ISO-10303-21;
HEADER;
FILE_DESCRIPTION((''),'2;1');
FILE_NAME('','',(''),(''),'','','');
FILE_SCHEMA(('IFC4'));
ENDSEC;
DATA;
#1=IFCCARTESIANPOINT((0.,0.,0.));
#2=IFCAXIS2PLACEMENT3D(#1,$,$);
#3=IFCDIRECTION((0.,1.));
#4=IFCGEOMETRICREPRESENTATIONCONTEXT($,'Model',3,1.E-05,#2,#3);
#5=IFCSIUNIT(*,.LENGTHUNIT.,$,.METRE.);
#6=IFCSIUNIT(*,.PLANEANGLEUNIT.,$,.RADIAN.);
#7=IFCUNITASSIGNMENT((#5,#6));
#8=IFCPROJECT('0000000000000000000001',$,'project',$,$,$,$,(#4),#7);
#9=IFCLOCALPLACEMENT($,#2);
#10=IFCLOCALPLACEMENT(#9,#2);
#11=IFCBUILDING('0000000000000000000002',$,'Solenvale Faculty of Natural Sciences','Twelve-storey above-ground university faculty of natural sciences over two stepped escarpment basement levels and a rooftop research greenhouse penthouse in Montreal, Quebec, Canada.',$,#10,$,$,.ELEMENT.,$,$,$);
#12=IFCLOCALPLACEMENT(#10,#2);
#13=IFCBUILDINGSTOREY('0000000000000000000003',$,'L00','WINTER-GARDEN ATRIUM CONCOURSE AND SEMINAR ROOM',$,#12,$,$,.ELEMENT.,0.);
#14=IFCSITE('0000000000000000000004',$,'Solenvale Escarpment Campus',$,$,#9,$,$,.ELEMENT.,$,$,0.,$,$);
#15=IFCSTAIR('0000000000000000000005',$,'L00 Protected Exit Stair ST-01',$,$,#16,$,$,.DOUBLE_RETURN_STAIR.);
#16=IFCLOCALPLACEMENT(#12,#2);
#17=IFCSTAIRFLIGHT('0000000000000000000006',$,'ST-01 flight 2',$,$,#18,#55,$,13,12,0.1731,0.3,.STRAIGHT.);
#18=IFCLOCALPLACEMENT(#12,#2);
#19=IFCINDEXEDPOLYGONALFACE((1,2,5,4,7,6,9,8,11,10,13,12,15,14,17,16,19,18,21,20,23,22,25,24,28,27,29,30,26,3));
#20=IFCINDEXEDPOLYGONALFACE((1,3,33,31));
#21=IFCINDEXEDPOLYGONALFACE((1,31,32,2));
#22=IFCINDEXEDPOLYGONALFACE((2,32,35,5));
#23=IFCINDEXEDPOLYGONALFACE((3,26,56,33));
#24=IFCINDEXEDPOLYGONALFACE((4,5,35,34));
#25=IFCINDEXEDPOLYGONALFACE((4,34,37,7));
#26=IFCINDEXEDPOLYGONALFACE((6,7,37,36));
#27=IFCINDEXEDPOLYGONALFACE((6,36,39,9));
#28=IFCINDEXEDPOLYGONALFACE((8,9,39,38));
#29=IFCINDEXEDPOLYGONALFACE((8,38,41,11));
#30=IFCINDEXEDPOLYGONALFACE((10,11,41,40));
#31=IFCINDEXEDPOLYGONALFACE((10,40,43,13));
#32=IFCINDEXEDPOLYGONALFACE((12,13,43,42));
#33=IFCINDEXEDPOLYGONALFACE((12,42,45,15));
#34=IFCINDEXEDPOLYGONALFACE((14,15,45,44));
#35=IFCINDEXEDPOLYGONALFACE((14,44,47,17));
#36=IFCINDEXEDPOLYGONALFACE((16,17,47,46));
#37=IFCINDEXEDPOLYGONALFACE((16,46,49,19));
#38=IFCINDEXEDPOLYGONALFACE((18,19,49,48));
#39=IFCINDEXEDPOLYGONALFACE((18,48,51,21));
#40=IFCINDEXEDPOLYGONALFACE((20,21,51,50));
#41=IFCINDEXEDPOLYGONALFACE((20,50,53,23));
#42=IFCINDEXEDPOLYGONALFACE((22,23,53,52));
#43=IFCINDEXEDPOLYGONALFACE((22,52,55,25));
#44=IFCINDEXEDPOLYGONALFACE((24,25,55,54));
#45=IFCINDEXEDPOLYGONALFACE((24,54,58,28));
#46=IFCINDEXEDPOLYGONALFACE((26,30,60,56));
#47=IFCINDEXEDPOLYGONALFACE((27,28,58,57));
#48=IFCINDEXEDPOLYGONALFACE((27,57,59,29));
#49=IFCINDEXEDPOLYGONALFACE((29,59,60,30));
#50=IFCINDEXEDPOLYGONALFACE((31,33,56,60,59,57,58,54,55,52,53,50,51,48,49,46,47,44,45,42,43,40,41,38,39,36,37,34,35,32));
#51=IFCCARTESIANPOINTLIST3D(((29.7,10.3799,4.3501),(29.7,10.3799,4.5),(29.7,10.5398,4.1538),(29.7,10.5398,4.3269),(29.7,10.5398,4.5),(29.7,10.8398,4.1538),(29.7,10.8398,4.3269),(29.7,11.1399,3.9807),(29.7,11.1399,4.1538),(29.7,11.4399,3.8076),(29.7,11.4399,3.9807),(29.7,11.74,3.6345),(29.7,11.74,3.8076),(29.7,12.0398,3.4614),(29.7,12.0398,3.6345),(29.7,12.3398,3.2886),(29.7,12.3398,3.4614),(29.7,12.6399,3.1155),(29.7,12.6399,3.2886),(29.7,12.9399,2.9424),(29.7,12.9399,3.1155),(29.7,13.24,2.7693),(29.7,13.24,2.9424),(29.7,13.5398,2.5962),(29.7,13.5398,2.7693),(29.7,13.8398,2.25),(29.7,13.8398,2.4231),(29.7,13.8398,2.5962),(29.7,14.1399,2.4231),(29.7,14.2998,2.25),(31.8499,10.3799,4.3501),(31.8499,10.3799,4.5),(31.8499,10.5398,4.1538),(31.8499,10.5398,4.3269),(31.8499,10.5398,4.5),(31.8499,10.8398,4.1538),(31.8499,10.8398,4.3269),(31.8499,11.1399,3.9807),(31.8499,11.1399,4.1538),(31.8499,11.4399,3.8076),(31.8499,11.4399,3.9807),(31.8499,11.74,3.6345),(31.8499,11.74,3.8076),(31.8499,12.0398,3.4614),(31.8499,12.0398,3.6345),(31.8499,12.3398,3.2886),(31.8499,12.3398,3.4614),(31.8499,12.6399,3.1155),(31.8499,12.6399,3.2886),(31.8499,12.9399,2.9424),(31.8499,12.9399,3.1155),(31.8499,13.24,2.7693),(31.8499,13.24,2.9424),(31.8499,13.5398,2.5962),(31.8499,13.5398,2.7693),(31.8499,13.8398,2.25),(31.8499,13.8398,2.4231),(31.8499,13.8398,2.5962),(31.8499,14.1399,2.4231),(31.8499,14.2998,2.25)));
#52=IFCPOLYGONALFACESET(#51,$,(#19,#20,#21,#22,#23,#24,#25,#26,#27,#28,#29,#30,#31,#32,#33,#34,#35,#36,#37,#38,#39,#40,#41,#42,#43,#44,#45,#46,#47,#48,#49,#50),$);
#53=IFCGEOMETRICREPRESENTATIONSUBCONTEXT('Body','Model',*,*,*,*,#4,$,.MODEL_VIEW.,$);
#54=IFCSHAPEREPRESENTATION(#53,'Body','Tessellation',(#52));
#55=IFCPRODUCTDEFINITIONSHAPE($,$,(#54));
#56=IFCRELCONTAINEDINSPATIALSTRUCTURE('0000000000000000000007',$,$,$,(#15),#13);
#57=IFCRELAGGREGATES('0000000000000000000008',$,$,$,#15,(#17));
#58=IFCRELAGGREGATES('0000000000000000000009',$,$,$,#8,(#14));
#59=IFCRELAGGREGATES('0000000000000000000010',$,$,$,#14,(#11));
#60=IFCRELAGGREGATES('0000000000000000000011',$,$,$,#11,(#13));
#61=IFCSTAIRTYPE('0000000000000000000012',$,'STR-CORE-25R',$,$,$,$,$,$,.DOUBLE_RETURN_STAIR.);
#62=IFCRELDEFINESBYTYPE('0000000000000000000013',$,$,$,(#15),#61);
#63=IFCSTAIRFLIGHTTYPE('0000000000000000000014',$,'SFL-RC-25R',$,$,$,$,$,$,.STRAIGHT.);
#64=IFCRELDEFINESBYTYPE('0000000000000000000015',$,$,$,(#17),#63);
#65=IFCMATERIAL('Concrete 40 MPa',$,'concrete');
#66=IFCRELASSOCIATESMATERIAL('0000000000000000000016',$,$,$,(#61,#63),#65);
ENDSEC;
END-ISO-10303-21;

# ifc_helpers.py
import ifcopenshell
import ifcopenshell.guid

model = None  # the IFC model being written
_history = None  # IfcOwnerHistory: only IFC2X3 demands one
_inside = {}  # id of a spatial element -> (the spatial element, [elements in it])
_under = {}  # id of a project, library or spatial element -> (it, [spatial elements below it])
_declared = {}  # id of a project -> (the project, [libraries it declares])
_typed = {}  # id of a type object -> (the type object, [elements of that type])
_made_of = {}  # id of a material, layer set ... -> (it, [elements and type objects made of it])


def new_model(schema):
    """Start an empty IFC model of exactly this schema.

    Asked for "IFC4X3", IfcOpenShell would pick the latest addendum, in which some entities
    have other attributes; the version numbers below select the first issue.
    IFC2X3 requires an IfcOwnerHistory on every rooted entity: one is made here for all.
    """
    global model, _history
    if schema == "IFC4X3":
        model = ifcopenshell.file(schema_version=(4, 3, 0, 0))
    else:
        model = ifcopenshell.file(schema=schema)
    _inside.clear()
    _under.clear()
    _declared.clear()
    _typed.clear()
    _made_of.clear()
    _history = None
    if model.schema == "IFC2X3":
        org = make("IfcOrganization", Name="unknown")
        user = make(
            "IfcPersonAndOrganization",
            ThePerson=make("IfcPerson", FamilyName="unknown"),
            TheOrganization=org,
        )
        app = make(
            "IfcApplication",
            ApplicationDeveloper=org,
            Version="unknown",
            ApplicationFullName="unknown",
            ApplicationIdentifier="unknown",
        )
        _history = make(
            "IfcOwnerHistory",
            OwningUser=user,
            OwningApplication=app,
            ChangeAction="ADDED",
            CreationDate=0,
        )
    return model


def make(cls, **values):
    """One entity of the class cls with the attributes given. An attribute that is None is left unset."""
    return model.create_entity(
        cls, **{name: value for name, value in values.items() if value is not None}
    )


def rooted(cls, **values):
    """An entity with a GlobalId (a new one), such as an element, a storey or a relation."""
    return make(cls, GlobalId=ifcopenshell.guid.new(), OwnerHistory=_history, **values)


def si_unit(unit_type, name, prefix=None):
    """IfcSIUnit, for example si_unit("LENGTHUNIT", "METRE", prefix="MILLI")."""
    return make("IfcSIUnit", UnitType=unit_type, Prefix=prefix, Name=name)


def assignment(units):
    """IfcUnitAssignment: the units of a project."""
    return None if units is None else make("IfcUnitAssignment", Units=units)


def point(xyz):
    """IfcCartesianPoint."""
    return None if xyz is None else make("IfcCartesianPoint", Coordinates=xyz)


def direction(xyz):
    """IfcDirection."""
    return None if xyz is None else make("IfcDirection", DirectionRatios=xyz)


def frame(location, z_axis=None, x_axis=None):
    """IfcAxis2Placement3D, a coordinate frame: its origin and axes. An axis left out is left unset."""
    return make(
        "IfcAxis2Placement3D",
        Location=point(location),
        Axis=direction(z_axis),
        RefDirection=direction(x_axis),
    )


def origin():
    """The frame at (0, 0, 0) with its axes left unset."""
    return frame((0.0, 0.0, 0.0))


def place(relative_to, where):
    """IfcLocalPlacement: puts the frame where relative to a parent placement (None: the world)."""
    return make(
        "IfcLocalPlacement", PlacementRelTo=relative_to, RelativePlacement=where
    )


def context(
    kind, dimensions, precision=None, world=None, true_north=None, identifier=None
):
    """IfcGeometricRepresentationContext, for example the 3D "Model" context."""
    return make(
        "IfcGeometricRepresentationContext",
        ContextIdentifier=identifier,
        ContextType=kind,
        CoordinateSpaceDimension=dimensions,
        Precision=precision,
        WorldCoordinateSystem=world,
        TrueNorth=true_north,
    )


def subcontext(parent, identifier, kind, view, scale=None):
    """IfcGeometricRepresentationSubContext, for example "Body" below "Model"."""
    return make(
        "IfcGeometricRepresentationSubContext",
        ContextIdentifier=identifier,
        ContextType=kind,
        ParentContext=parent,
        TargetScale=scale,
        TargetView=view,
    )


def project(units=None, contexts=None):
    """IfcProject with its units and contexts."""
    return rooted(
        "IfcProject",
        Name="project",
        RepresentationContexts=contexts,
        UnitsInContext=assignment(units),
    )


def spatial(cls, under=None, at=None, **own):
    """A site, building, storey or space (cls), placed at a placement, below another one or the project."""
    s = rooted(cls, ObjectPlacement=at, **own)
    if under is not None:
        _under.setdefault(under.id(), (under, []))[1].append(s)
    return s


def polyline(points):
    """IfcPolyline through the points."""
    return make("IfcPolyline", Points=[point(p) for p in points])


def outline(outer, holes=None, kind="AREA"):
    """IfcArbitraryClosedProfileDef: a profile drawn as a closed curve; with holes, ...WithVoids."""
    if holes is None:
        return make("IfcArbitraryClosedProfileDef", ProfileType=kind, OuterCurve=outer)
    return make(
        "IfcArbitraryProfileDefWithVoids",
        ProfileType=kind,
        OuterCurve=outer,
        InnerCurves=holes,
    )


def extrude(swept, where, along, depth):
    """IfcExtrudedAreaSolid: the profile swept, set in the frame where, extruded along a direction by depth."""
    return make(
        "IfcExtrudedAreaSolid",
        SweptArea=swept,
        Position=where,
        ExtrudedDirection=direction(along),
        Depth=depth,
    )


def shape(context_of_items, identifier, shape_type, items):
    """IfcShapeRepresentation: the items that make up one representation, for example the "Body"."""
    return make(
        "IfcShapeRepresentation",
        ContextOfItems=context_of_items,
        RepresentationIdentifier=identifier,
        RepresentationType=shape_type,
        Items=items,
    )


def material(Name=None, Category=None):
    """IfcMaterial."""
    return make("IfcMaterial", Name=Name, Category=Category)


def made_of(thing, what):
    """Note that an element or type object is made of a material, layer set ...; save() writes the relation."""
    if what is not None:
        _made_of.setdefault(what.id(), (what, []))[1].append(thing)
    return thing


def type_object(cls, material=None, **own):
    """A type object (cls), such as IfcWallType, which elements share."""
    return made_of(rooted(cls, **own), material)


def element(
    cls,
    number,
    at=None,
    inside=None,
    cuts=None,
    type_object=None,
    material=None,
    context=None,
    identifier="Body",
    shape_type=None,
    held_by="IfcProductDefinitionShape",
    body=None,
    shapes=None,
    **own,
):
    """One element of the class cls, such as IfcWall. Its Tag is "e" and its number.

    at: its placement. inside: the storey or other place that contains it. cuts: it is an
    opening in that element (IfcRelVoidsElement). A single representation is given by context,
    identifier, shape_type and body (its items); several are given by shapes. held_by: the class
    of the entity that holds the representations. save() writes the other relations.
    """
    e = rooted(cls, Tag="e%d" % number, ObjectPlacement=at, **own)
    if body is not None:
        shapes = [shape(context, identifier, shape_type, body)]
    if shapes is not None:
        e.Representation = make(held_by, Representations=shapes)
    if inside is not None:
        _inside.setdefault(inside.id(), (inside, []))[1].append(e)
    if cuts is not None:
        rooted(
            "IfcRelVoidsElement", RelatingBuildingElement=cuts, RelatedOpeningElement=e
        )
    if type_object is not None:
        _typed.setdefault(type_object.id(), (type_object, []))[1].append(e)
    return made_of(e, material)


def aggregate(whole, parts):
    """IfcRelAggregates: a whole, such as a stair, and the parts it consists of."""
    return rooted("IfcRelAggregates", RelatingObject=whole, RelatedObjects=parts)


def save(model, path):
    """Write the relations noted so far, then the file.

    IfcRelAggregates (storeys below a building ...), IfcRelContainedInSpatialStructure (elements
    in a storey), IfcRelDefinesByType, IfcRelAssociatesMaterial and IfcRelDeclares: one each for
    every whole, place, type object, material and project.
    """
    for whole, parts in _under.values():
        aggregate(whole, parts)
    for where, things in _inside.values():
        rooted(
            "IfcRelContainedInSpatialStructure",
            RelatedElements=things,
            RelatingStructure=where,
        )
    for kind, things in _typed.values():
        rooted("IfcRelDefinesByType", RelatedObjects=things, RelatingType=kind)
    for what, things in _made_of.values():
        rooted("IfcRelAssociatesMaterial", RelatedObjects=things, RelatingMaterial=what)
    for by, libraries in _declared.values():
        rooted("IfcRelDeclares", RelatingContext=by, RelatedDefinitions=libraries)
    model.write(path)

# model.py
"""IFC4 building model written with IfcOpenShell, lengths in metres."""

from ifc_helpers import new_model, si_unit, direction, frame, origin, place, context, subcontext, project, spatial, polyline, outline, extrude, material, type_object, element, aggregate, save


model = new_model("IFC4")

# Units and contexts
model_context = context("Model", 3, precision=1e-05, world=origin(), true_north=direction((0.0, 1.0)))
body_context = subcontext(model_context, "Body", "Model", "MODEL_VIEW")
ifc_project = project(units=[si_unit("LENGTHUNIT", "METRE"), si_unit("PLANEANGLEUNIT", "RADIAN")], contexts=[model_context])

# Site, building, storey
site_placement = place(None, origin())
site = spatial("IfcSite", under=ifc_project, at=site_placement, Name="Solenvale Escarpment Campus", CompositionType="ELEMENT", RefElevation=0.0)
building_placement = place(site_placement, origin())
building = spatial("IfcBuilding", under=site, at=building_placement, Name="Solenvale Faculty of Natural Sciences", Description="Twelve-storey above-ground university faculty of natural sciences over two stepped escarpment basement levels and a rooftop research greenhouse penthouse in Montreal, Quebec, Canada.", CompositionType="ELEMENT")
storey_placement = place(building_placement, origin())
storey = spatial("IfcBuildingStorey", under=building, at=storey_placement, Name="L00", Description="WINTER-GARDEN ATRIUM CONCOURSE AND SEMINAR ROOM", CompositionType="ELEMENT", Elevation=0.0)

# Shared definitions
ifc_material_1 = material(Name="Concrete 40 MPa", Category="concrete")

# Stair, stair flight
stair_type = type_object("IfcStairType", Name="STR-CORE-25R", PredefinedType="DOUBLE_RETURN_STAIR", material=ifc_material_1)
stair_placement = place(storey_placement, origin())
stair = element("IfcStair", 1, at=stair_placement, inside=storey, type_object=stair_type, Name="L00 Protected Exit Stair ST-01", PredefinedType="DOUBLE_RETURN_STAIR")
stair_flight_type = type_object("IfcStairFlightType", Name="SFL-RC-25R", PredefinedType="STRAIGHT", material=ifc_material_1)
stair_flight_1_placement = place(storey_placement, frame((30.7749, 14.1399, 2.25), z_axis=(0.0, 0.0, 1.0), x_axis=(0.0, -1.0, 0.0)))
stair_flight_1 = element("IfcStairFlight", 2, at=stair_flight_1_placement, type_object=stair_flight_type, Name="ST-01 flight 2", NumberOfRisers=13, NumberOfTreads=12, PredefinedType="STRAIGHT", RiserHeight=0.1731, TreadLength=0.3, context=body_context, shape_type="SweptSolid", body=[
    extrude(outline(polyline([(-0.1599, 0.0), (0.0, 0.1731), (0.3, 0.1731), (0.3, 0.3462), (0.6001, 0.3462), (0.6001, 0.5193), (0.8999, 0.5193), (0.8999, 0.6924), (1.2, 0.6924), (1.2, 0.8655), (1.5, 0.8655), (1.5, 1.0386), (1.8, 1.0386), (1.8, 1.2114), (2.1001, 1.2114), (2.1001, 1.3845), (2.3999, 1.3845), (2.3999, 1.5576), (2.7, 1.5576), (2.7, 1.7307), (3.0, 1.7307), (3.0, 1.9038), (3.3, 1.9038), (3.3, 2.0769), (3.6001, 2.0769), (3.6001, 2.25), (3.76, 2.25), (3.76, 2.1001), (3.6001, 1.9038), (0.3, 0.0), (-0.1599, 0.0)])), frame((0.0, 1.075, 0.0), z_axis=(0.0, -1.0, 0.0), x_axis=(1.0, 0.0, 0.0)), (0.0, 0.0, 1.0), 2.1499),
])
aggregate(stair, [stair_flight_1])

save(model, "model.ifc")
